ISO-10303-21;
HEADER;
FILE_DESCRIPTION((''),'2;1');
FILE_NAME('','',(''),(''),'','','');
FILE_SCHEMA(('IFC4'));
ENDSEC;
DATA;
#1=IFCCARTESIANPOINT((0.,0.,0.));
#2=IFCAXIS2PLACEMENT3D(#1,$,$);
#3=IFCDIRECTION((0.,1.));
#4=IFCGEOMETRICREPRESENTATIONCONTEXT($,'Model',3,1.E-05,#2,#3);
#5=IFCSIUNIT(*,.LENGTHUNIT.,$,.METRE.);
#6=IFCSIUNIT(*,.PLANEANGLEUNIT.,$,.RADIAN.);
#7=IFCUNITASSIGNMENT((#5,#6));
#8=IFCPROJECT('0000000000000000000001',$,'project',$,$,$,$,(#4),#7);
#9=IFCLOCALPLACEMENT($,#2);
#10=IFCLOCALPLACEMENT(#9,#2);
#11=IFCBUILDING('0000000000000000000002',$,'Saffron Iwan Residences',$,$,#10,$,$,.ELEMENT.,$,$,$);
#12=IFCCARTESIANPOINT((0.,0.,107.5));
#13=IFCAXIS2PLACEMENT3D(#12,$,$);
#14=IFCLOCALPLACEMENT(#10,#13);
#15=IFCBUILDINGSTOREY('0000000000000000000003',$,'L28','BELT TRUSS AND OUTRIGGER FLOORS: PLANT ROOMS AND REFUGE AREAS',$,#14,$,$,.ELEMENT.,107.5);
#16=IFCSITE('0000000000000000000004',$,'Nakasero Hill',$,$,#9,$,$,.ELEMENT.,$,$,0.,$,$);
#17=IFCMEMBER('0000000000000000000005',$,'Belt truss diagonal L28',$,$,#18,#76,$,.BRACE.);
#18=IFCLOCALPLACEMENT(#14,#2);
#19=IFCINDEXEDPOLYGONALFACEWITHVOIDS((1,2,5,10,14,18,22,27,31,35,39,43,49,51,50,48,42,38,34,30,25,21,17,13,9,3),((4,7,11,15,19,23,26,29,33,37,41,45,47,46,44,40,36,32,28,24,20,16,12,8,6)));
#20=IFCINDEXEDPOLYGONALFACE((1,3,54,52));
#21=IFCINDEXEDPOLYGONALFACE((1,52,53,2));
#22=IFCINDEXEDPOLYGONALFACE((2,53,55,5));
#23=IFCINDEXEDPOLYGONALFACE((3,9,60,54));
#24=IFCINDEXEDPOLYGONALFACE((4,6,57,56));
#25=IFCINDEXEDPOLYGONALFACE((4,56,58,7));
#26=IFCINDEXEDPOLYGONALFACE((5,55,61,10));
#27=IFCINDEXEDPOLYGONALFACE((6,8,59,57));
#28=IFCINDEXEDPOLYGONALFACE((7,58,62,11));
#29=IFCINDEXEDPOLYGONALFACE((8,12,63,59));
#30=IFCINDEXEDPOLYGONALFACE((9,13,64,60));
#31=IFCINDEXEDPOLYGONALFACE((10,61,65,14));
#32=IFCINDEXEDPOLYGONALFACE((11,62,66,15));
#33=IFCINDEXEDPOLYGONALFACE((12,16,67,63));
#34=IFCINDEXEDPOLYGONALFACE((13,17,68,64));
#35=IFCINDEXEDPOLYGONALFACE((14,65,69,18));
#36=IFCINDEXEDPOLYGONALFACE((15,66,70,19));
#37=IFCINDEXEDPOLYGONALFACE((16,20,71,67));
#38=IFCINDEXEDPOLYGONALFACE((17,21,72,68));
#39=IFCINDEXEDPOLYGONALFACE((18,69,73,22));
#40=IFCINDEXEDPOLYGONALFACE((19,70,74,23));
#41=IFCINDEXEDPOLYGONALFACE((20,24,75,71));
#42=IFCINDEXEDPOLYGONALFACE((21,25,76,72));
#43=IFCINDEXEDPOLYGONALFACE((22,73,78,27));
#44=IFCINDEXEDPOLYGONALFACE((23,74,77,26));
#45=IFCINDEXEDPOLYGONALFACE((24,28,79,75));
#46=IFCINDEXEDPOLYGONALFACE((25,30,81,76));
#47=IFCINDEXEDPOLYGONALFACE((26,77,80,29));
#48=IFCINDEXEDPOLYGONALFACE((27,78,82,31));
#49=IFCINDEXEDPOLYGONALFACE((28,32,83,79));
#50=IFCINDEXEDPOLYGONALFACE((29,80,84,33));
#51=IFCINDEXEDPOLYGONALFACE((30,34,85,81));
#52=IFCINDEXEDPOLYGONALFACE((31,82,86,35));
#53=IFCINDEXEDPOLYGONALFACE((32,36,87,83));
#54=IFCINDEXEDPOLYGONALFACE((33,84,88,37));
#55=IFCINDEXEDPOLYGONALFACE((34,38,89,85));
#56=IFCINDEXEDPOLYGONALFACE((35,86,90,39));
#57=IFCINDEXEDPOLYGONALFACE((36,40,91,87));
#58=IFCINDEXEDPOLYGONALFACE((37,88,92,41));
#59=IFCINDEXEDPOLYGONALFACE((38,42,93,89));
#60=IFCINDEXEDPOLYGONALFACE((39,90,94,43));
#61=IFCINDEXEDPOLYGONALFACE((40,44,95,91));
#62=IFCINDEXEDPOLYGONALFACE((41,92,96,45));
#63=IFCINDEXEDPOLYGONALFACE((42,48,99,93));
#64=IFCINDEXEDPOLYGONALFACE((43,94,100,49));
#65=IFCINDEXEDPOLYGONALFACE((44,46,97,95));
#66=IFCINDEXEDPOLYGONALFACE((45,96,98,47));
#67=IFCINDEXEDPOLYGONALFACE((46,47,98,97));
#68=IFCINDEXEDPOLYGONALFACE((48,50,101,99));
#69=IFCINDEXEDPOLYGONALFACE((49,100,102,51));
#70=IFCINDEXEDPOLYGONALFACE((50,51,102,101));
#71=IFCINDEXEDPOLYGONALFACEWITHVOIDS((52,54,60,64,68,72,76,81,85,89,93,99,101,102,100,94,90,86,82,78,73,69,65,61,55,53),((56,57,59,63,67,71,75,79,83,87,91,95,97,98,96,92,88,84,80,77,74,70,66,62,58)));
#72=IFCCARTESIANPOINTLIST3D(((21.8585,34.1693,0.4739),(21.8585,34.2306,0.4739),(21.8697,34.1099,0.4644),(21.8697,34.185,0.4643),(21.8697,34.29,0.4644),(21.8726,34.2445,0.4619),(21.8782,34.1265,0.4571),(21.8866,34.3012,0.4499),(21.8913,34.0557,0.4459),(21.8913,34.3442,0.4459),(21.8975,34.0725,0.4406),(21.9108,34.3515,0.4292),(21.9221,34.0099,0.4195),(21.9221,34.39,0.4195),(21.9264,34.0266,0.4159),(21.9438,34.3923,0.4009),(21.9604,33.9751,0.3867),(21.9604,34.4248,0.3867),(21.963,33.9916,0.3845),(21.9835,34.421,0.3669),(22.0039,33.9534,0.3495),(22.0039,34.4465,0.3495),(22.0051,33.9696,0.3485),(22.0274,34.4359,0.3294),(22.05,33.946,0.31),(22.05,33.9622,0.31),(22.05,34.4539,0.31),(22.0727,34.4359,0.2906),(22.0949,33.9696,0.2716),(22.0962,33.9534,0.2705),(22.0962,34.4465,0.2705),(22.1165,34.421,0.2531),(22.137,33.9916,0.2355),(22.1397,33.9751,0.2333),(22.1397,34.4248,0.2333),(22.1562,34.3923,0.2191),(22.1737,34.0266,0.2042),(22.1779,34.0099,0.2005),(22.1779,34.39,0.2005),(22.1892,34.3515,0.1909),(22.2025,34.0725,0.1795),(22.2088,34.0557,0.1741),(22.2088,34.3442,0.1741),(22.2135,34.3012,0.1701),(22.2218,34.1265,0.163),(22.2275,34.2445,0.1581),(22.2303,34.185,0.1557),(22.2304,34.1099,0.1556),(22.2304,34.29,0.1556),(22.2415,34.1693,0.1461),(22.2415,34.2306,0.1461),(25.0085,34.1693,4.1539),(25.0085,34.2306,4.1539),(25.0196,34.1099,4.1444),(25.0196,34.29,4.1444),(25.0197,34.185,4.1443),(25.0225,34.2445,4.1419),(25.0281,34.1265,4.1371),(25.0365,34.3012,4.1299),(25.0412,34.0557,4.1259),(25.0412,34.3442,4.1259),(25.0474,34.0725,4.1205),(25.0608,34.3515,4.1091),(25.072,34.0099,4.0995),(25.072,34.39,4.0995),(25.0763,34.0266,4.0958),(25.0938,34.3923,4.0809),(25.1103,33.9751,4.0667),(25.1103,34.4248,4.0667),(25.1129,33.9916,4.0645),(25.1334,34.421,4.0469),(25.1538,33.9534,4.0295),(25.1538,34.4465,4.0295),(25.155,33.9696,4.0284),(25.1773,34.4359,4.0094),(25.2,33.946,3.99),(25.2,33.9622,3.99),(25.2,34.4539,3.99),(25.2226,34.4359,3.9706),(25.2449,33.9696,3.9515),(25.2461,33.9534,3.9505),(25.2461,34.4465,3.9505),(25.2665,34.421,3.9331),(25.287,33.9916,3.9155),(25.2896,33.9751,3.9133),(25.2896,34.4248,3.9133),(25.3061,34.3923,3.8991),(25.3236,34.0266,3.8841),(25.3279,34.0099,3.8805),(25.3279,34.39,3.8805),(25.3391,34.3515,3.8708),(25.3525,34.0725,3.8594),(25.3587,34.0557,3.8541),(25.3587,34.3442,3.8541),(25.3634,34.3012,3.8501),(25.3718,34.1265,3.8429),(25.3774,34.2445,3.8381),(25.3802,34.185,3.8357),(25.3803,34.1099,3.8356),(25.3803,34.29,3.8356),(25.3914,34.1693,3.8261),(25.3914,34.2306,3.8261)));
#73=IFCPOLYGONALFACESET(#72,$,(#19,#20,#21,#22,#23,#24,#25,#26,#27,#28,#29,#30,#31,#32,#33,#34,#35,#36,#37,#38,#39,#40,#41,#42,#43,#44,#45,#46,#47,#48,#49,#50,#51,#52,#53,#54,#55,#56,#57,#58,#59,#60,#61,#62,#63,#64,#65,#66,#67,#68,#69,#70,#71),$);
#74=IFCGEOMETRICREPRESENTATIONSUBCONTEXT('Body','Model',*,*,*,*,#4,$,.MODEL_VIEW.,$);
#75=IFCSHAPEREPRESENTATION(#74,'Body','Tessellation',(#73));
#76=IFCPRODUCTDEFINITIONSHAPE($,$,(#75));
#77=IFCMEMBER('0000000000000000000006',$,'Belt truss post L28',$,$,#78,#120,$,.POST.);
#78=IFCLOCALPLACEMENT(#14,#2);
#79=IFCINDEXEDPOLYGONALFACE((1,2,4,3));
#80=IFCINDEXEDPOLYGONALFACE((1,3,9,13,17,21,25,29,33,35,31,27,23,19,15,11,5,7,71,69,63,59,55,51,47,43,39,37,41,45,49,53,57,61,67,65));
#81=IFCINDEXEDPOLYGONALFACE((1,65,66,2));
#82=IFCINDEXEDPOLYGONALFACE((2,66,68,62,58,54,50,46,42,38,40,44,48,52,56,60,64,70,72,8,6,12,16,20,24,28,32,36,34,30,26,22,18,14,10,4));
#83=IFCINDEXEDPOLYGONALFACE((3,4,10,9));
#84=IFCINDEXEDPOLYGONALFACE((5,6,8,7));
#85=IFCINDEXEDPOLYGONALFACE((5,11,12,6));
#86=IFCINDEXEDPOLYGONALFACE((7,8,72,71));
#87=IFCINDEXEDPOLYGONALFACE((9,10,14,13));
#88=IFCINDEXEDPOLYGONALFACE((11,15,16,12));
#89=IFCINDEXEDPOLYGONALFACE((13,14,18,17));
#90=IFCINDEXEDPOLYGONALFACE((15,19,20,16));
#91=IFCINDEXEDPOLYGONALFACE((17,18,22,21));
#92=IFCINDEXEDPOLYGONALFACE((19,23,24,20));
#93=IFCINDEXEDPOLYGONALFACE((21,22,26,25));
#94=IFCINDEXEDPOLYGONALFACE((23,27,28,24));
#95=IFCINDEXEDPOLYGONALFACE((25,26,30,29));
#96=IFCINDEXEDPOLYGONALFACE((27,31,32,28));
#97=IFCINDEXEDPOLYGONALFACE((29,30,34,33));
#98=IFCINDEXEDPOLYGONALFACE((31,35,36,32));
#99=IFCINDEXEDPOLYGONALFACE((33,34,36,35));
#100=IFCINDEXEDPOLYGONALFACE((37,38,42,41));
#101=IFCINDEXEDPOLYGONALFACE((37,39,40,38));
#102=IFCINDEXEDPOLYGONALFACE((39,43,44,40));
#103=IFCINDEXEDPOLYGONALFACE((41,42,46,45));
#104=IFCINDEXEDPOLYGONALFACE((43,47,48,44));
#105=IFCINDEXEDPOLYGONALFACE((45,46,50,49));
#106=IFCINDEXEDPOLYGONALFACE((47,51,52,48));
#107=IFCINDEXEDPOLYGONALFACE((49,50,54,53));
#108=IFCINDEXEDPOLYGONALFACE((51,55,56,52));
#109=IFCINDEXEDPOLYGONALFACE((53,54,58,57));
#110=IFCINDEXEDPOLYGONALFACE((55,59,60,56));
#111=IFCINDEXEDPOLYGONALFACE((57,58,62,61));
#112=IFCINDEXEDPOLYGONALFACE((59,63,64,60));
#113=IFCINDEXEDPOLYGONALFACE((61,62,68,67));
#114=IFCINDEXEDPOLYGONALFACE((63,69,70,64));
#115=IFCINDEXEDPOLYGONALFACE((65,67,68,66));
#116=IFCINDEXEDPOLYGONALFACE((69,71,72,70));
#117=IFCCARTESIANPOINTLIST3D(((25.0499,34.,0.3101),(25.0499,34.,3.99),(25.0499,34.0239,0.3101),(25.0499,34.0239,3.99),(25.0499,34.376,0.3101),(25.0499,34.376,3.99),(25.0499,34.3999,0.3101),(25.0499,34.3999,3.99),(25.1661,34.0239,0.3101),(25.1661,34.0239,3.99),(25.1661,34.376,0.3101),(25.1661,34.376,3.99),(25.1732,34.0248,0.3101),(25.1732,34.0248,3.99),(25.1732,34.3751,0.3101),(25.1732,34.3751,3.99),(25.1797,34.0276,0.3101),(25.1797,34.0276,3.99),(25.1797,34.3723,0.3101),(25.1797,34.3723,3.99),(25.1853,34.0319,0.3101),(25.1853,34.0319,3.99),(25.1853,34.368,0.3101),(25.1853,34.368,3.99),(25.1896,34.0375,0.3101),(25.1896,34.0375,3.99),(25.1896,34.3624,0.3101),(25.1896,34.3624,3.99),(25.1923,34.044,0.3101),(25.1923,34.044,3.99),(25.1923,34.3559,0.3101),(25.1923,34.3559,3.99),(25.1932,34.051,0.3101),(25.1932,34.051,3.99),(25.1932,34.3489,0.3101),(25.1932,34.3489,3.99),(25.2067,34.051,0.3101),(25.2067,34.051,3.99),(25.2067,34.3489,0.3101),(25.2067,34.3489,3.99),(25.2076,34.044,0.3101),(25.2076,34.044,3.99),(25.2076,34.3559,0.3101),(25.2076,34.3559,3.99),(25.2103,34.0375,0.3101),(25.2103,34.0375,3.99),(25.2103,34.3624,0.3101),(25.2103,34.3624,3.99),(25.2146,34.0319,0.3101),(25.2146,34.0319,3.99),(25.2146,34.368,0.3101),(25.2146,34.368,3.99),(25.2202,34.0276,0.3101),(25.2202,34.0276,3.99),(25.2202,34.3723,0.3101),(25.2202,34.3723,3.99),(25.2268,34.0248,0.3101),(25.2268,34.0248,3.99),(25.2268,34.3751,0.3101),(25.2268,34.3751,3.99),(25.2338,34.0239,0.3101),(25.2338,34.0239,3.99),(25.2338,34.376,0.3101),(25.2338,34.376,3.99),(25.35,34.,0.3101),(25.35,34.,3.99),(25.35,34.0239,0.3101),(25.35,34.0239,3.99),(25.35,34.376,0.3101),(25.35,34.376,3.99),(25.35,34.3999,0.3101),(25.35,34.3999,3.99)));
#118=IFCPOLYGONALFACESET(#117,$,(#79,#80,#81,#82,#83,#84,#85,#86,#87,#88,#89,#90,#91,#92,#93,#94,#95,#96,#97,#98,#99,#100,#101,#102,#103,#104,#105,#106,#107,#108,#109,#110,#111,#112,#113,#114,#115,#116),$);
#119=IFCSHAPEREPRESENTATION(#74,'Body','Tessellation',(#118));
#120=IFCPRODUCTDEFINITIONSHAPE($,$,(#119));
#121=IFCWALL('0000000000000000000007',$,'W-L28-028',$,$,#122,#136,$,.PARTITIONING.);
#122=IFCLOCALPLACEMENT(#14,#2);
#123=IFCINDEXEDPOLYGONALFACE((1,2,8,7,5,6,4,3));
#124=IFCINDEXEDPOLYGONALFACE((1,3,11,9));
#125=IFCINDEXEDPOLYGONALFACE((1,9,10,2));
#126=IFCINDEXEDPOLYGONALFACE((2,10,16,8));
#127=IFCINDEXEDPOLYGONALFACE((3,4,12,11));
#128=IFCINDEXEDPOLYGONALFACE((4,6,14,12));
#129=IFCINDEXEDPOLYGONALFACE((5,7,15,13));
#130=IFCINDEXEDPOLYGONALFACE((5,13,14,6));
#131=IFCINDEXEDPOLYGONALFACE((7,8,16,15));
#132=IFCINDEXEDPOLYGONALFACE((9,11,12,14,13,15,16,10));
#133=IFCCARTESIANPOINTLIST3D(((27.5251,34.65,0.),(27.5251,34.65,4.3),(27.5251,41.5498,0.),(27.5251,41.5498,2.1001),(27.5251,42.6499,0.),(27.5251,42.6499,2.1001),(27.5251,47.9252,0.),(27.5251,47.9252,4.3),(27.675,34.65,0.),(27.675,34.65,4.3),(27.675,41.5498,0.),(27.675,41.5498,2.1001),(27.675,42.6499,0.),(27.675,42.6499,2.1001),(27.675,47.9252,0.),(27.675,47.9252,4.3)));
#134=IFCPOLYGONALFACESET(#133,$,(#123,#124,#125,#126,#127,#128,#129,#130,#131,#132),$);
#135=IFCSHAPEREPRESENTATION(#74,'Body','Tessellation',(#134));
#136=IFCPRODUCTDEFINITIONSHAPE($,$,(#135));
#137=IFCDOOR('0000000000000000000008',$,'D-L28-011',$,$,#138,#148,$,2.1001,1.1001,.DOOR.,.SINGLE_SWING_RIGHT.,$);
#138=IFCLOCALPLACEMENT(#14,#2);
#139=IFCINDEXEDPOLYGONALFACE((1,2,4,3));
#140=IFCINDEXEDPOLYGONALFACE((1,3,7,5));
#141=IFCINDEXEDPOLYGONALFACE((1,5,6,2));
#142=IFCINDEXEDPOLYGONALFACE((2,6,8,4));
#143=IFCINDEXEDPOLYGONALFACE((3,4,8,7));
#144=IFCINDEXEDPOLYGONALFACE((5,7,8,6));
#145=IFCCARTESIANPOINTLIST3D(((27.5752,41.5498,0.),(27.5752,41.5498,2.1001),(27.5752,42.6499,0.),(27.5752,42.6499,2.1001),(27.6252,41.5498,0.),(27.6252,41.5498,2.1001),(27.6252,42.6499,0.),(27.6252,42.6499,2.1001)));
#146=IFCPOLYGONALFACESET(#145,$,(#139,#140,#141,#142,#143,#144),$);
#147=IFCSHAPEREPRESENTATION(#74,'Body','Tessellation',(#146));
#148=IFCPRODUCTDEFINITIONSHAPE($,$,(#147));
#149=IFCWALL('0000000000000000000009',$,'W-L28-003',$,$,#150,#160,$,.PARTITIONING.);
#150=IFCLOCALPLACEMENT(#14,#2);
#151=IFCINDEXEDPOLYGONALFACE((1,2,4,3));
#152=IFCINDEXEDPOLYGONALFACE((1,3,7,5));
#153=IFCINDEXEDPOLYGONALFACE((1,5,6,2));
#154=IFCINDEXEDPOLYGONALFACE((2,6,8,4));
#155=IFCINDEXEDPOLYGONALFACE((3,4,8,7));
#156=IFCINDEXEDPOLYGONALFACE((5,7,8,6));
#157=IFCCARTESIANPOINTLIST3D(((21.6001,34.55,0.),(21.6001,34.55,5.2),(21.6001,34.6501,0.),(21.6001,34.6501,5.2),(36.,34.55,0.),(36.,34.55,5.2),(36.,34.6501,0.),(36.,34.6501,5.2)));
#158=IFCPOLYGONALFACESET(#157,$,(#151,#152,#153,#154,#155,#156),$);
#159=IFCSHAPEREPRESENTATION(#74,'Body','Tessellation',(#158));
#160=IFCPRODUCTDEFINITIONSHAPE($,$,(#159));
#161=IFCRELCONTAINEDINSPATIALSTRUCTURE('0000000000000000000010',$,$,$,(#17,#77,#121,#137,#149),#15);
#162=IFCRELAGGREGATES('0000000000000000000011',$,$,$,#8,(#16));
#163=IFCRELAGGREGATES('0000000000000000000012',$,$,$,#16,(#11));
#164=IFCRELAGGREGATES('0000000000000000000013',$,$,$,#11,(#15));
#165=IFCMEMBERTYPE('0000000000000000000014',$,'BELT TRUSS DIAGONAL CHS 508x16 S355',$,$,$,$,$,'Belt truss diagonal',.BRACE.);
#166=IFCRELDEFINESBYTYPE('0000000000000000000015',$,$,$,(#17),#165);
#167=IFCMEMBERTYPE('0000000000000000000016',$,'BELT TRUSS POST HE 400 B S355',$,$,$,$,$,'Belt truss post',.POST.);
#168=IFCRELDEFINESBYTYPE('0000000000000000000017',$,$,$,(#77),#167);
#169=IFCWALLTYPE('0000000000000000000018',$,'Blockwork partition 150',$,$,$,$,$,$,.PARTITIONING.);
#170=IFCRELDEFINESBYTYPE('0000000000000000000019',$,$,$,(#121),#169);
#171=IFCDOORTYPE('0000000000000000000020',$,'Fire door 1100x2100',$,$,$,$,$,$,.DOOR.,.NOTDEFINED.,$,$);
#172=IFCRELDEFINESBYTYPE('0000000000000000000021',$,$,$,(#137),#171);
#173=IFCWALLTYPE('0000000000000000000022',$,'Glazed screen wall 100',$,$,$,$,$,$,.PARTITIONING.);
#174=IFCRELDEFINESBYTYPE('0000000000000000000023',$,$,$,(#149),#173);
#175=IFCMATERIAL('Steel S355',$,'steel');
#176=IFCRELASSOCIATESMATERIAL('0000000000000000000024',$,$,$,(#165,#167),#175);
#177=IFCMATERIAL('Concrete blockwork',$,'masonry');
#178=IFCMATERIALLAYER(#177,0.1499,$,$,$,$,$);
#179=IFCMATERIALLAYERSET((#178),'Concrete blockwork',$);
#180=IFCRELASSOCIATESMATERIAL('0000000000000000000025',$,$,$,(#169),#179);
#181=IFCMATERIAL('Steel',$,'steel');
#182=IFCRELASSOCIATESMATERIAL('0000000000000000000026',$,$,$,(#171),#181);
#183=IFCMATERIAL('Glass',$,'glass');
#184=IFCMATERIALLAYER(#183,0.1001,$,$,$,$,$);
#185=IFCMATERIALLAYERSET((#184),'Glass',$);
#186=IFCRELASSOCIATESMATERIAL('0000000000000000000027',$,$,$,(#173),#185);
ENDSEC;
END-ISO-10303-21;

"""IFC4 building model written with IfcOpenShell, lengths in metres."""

from ifc_helpers import new_model, si_unit, direction, frame, frame_2d, origin, origin_2d, place, context, subcontext, project, spatial, rectangle, hollow_circle, i_section, extrude, source, transform, mapped, material, layer, layer_set, material_profile, profile_set, type_object, element, fill, save


model = new_model("IFC4")

# Units and contexts
model_context = context("Model", 3, precision=1e-05, world=origin(), true_north=direction((0.0, 1.0)))
body_context = subcontext(model_context, "Body", "Model", "MODEL_VIEW")
ifc_project = project(units=[si_unit("LENGTHUNIT", "METRE"), si_unit("PLANEANGLEUNIT", "RADIAN")], contexts=[model_context])

# Site, building, storey
site_placement = place(None, origin())
site = spatial("IfcSite", under=ifc_project, at=site_placement, Name="Nakasero Hill", CompositionType="ELEMENT", RefElevation=0.0)
building_placement = place(site_placement, origin())
building = spatial("IfcBuilding", under=site, at=building_placement, Name="Saffron Iwan Residences", CompositionType="ELEMENT")
storey_placement = place(building_placement, frame((0.0, 0.0, 107.5)))
storey = spatial("IfcBuildingStorey", under=building, at=storey_placement, Name="L28", Description="BELT TRUSS AND OUTRIGGER FLOORS: PLANT ROOMS AND REFUGE AREAS", CompositionType="ELEMENT", Elevation=107.5)

# Members
ifc_material_1 = material(Name="Steel S355", Category="steel")
ifc_material_profile_1 = material_profile(ifc_material_1, hollow_circle(Radius=0.2539, WallThickness=0.0161, at=origin_2d()), Name="CHS 508x16")
ifc_profile_set_1 = profile_set([ifc_material_profile_1], Name="Steel S355")
member_type_1 = type_object("IfcMemberType", Name="BELT TRUSS DIAGONAL CHS 508x16 S355", ElementType="Belt truss diagonal", PredefinedType="BRACE", material=ifc_profile_set_1)
shared_shape_1 = source(origin(), body_context, "Body", "SweptSolid", [
    extrude(hollow_circle(Radius=0.2539, WallThickness=0.0161, at=origin_2d()), origin(), (0.0, 0.0, 1.0), 4.844),
])
for number, where, z_axis, x_axis, name in (
    (1, (25.2, 34.2, 3.99), (-0.650277, 0.0, -0.759698), (0.0, -1.0, 0.0), "Belt truss diagonal L28"),
):
    element("IfcMember", number, at=place(storey_placement, frame(where, z_axis=z_axis, x_axis=x_axis)), inside=storey, type_object=member_type_1, Name=name, PredefinedType="BRACE", context=body_context, shape_type="MappedRepresentation", body=[
        mapped(shared_shape_1, transform((0.0, 0.0, 0.0))),
    ])
ifc_material_profile_2 = material_profile(ifc_material_1, i_section(OverallWidth=0.3, OverallDepth=0.3999, WebThickness=0.0134, FlangeThickness=0.0239, FilletRadius=0.0271, at=origin_2d()), Name="HE 400 B")
ifc_profile_set_2 = profile_set([ifc_material_profile_2], Name="Steel S355")
member_type_2 = type_object("IfcMemberType", Name="BELT TRUSS POST HE 400 B S355", ElementType="Belt truss post", PredefinedType="POST", material=ifc_profile_set_2)
shared_shape_2 = source(origin(), body_context, "Body", "SweptSolid", [
    extrude(i_section(OverallWidth=0.3, OverallDepth=0.3999, WebThickness=0.0134, FlangeThickness=0.0239, FilletRadius=0.0271, at=origin_2d()), origin(), (0.0, 0.0, 1.0), 3.6799),
])
member_placement = place(storey_placement, frame((25.2, 34.2, 0.3101), z_axis=(0.0, 0.0, 1.0), x_axis=(1.0, 0.0, 0.0)))
element("IfcMember", 2, at=member_placement, inside=storey, type_object=member_type_2, Name="Belt truss post L28", PredefinedType="POST", context=body_context, shape_type="MappedRepresentation", body=[
    mapped(shared_shape_2, transform((0.0, 0.0, 0.0))),
])

# Wall, opening, door
ifc_material_2 = material(Name="Concrete blockwork", Category="masonry")
ifc_layer_1 = layer(ifc_material_2, 0.1499)
ifc_layer_set_1 = layer_set([ifc_layer_1], Name="Concrete blockwork")
wall_type_1 = type_object("IfcWallType", Name="Blockwork partition 150", PredefinedType="PARTITIONING", material=ifc_layer_set_1)
wall_1_placement = place(storey_placement, frame((27.6001, 34.6499, 0.0), z_axis=(0.0, 0.0, 1.0), x_axis=(0.0, 1.0, 0.0)))
wall_1 = element("IfcWall", 3, at=wall_1_placement, inside=storey, type_object=wall_type_1, Name="W-L28-028", PredefinedType="PARTITIONING", context=body_context, shape_type="SweptSolid", body=[
    extrude(rectangle(XDim=13.2751, YDim=0.1499, at=frame_2d((6.6377, 0.0))), origin(), (0.0, 0.0, 1.0), 4.3),
])
opening_placement = place(wall_1_placement, frame((6.8999, 0.0, 0.0)))
opening = element("IfcOpeningElement", 4, at=opening_placement, cuts=wall_1, PredefinedType="OPENING", context=body_context, shape_type="SweptSolid", body=[
    extrude(rectangle(XDim=1.1001, YDim=2.1001, at=frame_2d((0.55, 1.05))), frame((0.0, 0.085, 0.0), z_axis=(0.0, -1.0, 0.0), x_axis=(1.0, 0.0, 0.0)), (0.0, 0.0, 1.0), 0.1699),
])
ifc_material_3 = material(Name="Steel", Category="steel")
door_type = type_object("IfcDoorType", Name="Fire door 1100x2100", OperationType="NOTDEFINED", PredefinedType="DOOR", material=ifc_material_3)
door_placement = place(opening_placement, origin())
door = element("IfcDoor", 5, at=door_placement, inside=storey, type_object=door_type, Name="D-L28-011", OperationType="SINGLE_SWING_RIGHT", OverallHeight=2.1001, OverallWidth=1.1001, PredefinedType="DOOR", context=body_context, shape_type="SweptSolid", body=[
    extrude(rectangle(XDim=1.1001, YDim=2.1001, at=frame_2d((0.55, 1.05))), frame((0.0, 0.0249, 0.0), z_axis=(0.0, -1.0, 0.0), x_axis=(1.0, 0.0, 0.0)), (0.0, 0.0, 1.0), 0.05),
])
fill(opening, door)

# Wall
ifc_material_4 = material(Name="Glass", Category="glass")
ifc_layer_2 = layer(ifc_material_4, 0.1001)
ifc_layer_set_2 = layer_set([ifc_layer_2], Name="Glass")
wall_type_2 = type_object("IfcWallType", Name="Glazed screen wall 100", PredefinedType="PARTITIONING", material=ifc_layer_set_2)
wall_2_placement = place(storey_placement, frame((21.6001, 34.6001, 0.0), z_axis=(0.0, 0.0, 1.0), x_axis=(1.0, 0.0, 0.0)))
element("IfcWall", 6, at=wall_2_placement, inside=storey, type_object=wall_type_2, Name="W-L28-003", PredefinedType="PARTITIONING", context=body_context, shape_type="SweptSolid", body=[
    extrude(rectangle(XDim=14.3999, YDim=0.1001, at=frame_2d((7.2, 0.0))), origin(), (0.0, 0.0, 1.0), 5.2),
])

save(model, "model.ifc")
